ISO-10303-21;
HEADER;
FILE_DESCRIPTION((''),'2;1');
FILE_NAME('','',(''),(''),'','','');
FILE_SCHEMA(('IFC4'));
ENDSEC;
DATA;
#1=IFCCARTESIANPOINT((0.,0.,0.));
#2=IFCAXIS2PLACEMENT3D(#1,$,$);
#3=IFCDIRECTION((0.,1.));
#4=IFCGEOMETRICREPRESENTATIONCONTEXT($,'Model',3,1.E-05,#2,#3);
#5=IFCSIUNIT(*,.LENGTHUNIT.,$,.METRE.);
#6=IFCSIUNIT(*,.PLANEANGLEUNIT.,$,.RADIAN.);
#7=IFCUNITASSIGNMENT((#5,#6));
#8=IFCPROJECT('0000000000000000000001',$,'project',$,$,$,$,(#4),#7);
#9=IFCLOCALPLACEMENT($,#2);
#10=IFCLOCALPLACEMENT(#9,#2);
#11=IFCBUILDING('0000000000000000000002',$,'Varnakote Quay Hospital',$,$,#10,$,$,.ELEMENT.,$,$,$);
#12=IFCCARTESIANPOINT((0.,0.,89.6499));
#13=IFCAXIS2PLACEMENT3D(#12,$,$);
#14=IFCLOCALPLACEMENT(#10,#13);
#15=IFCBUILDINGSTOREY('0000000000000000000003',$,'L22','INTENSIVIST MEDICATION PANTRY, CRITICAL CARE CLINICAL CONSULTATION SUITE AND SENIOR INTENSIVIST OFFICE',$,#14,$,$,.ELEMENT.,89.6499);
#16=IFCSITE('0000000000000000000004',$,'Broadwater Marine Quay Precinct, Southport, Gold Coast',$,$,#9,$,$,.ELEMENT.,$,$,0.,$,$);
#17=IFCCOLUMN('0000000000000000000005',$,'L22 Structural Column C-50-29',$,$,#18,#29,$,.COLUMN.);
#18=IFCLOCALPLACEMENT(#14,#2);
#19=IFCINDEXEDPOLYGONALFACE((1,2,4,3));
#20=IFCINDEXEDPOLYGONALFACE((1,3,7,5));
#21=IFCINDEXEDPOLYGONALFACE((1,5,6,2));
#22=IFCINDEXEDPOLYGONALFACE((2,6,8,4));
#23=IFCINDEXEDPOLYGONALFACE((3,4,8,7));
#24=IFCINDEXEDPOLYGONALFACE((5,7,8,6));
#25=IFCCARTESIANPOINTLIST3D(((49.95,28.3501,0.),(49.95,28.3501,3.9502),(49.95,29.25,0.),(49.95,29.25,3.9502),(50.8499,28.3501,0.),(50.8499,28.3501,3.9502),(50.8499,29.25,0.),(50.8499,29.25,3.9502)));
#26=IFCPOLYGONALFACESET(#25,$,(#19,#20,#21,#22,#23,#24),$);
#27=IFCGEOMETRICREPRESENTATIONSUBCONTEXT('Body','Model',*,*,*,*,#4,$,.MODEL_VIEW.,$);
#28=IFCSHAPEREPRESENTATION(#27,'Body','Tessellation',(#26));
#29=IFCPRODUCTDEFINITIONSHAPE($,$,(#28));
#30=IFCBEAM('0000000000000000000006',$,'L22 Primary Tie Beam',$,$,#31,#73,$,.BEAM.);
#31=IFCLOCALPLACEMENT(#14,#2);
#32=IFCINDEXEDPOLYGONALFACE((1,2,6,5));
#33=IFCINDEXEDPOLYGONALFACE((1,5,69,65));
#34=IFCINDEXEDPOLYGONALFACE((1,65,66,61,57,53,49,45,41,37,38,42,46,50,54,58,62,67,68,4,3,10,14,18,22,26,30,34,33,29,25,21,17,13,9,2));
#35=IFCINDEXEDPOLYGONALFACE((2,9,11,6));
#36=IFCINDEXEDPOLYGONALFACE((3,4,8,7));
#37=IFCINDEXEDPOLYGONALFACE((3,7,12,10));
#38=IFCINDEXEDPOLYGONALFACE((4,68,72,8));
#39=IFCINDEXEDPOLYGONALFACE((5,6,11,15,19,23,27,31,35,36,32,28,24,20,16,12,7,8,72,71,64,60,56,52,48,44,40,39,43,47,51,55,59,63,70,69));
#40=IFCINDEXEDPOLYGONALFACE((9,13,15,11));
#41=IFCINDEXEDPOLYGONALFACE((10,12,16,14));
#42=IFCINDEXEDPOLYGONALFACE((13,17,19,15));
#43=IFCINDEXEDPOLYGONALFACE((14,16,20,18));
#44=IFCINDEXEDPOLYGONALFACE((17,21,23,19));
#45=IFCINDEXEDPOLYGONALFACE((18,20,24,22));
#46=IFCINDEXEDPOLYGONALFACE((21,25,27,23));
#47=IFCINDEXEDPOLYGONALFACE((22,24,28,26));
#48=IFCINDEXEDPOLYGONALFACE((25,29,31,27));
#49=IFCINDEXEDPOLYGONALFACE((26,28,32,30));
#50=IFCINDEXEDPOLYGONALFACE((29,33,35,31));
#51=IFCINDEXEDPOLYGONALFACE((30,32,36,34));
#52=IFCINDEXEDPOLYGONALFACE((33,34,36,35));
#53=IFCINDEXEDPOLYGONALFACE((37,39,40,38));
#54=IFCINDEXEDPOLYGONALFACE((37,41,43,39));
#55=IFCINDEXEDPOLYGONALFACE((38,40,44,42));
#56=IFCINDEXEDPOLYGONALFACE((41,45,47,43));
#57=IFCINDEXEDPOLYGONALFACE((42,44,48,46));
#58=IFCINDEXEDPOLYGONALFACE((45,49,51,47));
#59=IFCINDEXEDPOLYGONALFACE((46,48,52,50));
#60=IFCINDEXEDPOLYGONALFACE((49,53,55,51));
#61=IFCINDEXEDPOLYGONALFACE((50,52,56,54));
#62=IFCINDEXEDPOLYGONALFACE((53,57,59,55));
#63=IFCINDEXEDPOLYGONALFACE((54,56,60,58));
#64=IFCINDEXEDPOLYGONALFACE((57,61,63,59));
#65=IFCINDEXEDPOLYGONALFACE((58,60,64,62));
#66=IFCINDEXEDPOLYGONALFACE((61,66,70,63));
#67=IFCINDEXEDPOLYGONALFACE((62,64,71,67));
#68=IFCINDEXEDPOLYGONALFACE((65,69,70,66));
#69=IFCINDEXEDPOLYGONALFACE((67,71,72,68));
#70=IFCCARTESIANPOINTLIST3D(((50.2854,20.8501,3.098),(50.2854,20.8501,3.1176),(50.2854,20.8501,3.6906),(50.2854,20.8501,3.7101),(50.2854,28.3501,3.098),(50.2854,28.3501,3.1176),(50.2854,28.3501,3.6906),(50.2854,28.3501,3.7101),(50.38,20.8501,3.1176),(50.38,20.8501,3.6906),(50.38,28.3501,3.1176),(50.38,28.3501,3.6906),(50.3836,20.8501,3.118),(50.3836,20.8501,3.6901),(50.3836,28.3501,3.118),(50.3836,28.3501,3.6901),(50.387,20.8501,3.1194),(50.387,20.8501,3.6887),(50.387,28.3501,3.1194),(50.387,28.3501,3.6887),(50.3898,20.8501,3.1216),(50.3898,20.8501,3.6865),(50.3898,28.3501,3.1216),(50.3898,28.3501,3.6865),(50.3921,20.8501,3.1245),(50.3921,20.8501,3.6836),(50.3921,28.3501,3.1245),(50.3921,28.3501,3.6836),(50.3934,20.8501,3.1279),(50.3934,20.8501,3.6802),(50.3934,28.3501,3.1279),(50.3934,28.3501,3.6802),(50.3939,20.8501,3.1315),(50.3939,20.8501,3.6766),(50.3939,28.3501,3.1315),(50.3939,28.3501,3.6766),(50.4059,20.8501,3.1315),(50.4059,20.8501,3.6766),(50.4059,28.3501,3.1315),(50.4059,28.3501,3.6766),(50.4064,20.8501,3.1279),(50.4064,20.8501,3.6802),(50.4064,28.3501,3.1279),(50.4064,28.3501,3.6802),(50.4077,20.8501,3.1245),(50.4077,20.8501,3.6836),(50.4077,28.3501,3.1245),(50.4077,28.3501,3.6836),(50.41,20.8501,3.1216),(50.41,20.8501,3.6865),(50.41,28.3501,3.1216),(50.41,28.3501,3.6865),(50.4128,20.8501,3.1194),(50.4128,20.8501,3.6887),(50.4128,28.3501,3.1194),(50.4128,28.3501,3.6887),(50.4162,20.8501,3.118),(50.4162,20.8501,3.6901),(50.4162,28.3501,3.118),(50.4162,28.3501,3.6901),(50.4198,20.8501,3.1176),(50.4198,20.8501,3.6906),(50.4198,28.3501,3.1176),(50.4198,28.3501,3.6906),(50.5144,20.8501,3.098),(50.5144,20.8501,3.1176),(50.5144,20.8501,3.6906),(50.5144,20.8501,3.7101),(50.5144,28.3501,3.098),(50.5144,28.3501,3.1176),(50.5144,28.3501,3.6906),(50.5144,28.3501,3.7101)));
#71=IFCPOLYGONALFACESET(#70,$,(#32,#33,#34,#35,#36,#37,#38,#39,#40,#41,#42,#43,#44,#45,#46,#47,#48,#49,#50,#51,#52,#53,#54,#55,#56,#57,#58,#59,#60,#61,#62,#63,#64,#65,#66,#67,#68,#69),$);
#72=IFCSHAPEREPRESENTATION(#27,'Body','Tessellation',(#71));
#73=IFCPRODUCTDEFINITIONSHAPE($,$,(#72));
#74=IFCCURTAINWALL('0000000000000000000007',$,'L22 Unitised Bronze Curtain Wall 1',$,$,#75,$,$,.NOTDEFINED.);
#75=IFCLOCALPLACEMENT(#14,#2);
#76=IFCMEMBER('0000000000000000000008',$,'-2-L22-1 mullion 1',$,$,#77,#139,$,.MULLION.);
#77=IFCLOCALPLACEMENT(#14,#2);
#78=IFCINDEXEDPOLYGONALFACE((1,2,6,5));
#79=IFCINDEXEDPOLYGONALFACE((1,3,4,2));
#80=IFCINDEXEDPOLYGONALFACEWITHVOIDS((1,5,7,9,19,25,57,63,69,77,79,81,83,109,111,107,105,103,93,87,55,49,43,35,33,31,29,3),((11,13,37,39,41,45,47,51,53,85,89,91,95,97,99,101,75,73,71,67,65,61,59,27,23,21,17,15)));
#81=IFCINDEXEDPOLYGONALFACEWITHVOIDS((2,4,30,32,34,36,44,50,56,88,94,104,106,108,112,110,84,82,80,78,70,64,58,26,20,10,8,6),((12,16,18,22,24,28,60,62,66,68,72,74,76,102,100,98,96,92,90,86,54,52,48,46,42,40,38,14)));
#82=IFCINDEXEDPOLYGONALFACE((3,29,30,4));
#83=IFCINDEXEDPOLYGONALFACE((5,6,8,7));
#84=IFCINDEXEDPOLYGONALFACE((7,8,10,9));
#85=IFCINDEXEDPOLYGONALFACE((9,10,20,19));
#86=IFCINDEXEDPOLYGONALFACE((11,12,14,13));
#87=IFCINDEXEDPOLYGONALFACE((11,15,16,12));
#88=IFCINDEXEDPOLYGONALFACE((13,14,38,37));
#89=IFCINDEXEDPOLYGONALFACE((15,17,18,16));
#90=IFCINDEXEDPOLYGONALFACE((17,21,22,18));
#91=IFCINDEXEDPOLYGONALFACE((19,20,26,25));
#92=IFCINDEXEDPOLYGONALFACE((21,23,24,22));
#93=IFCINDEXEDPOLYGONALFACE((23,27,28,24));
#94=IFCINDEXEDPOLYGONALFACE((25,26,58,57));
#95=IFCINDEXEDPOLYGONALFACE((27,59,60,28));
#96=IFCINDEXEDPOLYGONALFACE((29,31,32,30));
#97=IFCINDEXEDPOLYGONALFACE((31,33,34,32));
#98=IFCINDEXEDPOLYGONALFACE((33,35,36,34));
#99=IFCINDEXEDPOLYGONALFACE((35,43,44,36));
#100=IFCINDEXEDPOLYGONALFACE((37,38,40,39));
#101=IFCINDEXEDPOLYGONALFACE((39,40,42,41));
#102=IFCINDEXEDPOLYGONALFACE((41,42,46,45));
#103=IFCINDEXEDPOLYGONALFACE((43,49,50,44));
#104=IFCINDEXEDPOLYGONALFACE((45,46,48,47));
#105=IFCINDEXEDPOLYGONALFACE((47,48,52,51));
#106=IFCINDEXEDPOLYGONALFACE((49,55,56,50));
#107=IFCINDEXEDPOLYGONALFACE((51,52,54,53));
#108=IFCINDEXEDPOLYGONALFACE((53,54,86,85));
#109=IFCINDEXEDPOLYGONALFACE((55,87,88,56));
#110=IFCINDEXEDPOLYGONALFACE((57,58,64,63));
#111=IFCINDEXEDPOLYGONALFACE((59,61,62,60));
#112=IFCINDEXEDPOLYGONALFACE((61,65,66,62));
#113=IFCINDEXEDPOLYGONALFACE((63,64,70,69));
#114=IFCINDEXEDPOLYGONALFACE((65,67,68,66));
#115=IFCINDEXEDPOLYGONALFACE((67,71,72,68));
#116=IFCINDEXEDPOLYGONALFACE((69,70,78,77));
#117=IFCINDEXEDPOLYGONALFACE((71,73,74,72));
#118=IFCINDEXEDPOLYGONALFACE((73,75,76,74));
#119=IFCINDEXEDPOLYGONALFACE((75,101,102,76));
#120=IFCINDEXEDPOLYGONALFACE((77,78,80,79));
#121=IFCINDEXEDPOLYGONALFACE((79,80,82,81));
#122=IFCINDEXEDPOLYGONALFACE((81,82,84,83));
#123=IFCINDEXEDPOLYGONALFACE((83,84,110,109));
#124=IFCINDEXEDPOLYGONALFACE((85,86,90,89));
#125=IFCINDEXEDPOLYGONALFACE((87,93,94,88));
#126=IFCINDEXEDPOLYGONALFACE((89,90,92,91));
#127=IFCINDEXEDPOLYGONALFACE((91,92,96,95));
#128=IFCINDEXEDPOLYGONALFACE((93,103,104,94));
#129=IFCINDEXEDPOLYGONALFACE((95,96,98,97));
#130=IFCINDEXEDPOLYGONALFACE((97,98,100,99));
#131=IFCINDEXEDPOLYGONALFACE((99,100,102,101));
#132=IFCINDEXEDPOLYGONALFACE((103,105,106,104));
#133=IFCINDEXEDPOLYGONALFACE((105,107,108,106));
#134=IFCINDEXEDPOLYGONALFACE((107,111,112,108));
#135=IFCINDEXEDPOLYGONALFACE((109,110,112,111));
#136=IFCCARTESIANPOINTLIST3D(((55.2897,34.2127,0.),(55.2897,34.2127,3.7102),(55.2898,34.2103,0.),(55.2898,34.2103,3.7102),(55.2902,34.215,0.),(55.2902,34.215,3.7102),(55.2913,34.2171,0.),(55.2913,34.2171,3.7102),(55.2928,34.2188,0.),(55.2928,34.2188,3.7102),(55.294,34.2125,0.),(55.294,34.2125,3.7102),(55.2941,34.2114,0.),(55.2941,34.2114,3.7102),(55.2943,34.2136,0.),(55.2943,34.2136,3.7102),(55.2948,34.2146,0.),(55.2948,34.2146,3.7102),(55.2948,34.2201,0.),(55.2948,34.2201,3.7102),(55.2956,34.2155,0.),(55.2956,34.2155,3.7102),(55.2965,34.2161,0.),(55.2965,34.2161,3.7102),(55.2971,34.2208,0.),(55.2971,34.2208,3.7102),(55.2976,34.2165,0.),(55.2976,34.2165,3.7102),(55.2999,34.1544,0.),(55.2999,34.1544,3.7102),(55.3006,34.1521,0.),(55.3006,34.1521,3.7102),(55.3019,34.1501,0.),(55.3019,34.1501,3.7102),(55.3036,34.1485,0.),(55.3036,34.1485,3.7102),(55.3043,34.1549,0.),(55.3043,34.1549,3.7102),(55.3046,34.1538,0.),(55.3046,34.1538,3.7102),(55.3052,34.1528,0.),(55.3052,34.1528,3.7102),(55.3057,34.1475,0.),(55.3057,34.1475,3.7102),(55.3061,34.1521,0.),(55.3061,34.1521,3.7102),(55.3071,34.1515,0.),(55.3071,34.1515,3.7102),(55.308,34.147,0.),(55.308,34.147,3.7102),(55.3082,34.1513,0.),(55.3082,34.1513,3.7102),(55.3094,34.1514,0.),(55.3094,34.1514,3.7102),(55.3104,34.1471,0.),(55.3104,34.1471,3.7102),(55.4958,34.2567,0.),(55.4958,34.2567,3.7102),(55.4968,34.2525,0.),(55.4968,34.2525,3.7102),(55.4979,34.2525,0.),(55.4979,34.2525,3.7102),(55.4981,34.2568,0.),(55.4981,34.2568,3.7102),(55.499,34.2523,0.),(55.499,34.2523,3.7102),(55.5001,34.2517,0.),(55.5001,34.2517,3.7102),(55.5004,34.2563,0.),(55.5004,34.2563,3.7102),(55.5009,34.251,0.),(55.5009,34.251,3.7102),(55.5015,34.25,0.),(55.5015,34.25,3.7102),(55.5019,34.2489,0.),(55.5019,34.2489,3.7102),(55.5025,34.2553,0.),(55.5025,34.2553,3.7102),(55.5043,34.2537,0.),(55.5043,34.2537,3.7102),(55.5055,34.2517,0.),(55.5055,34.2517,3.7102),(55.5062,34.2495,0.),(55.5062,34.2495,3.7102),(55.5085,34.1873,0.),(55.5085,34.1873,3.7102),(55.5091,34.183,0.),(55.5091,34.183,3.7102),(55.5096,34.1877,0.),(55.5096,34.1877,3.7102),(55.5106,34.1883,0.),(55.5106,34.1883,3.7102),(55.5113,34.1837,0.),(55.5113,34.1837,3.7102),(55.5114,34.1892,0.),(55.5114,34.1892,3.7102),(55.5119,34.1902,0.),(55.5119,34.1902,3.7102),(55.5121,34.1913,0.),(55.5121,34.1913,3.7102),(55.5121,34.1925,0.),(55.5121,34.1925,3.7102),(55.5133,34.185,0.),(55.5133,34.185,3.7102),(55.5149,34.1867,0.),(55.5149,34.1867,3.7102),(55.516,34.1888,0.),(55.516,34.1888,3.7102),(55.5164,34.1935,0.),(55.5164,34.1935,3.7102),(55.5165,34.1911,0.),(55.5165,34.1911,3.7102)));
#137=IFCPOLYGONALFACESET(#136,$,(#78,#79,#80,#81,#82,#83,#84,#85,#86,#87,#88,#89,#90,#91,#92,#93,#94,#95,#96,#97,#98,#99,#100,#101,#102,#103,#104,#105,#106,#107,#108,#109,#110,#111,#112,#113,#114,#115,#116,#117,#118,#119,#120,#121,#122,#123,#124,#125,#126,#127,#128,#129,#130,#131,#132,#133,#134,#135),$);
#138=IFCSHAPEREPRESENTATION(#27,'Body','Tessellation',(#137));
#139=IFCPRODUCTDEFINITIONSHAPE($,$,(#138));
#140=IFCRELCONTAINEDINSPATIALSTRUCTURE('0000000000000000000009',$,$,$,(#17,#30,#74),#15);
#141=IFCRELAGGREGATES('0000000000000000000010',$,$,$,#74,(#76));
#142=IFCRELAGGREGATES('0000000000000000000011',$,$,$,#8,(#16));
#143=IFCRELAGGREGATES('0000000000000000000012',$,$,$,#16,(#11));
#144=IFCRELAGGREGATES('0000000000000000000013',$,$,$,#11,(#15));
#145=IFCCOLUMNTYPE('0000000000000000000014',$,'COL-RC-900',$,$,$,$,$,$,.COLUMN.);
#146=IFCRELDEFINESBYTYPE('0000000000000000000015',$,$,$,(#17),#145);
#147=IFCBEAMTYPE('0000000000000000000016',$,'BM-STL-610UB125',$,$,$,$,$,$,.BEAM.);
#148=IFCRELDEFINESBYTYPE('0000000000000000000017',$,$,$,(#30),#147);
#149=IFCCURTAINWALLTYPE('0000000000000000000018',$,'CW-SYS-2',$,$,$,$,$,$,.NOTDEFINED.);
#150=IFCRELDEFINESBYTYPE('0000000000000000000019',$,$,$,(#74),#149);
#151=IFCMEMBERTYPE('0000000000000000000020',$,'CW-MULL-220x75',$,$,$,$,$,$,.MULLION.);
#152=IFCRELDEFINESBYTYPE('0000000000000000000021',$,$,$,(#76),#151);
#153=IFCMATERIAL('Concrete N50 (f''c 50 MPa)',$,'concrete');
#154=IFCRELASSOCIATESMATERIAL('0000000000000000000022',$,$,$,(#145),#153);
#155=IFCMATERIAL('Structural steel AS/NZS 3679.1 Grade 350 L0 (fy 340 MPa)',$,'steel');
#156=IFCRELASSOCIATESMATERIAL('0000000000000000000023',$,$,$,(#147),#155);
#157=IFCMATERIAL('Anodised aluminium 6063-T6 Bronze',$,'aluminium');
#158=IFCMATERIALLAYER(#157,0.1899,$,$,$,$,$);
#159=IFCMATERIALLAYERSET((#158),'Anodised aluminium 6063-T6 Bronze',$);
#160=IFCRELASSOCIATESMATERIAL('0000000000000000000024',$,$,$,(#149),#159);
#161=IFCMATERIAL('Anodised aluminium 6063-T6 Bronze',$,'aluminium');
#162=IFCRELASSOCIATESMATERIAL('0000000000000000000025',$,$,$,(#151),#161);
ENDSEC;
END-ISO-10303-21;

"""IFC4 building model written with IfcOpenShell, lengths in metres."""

from ifc_helpers import new_model, si_unit, direction, frame, origin, origin_2d, place, context, subcontext, project, spatial, rectangle, hollow_rectangle, i_section, extrude, material, layer, layer_set, material_profile, profile_set, type_object, element, aggregate, save


model = new_model("IFC4")

# Units and contexts
model_context = context("Model", 3, precision=1e-05, world=origin(), true_north=direction((0.0, 1.0)))
body_context = subcontext(model_context, "Body", "Model", "MODEL_VIEW")
ifc_project = project(units=[si_unit("LENGTHUNIT", "METRE"), si_unit("PLANEANGLEUNIT", "RADIAN")], contexts=[model_context])

# Site, building, storey
site_placement = place(None, origin())
site = spatial("IfcSite", under=ifc_project, at=site_placement, Name="Broadwater Marine Quay Precinct, Southport, Gold Coast", CompositionType="ELEMENT", RefElevation=0.0)
building_placement = place(site_placement, origin())
building = spatial("IfcBuilding", under=site, at=building_placement, Name="Varnakote Quay Hospital", CompositionType="ELEMENT")
storey_placement = place(building_placement, frame((0.0, 0.0, 89.6499)))
storey = spatial("IfcBuildingStorey", under=building, at=storey_placement, Name="L22", Description="INTENSIVIST MEDICATION PANTRY, CRITICAL CARE CLINICAL CONSULTATION SUITE AND SENIOR INTENSIVIST OFFICE", CompositionType="ELEMENT", Elevation=89.6499)

# Column
ifc_material_1 = material(Name="Concrete N50 (f'c 50 MPa)", Category="concrete")
ifc_material_profile_1 = material_profile(ifc_material_1, rectangle(XDim=0.8999, YDim=0.8999, at=origin_2d()), Name="RC-COL-900x900")
ifc_profile_set_1 = profile_set([ifc_material_profile_1], Name="Concrete N50 (f'c 50 MPa)")
column_type = type_object("IfcColumnType", Name="COL-RC-900", PredefinedType="COLUMN", material=ifc_profile_set_1)
column_placement = place(storey_placement, frame((50.3999, 28.8, 0.0), z_axis=(0.0, 0.0, 1.0), x_axis=(1.0, 0.0, 0.0)))
element("IfcColumn", 1, at=column_placement, inside=storey, type_object=column_type, Name="L22 Structural Column C-50-29", PredefinedType="COLUMN", context=body_context, shape_type="SweptSolid", body=[
    extrude(rectangle(XDim=0.8999, YDim=0.8999, at=origin_2d()), origin(), (0.0, 0.0, 1.0), 3.9502),
])

# Beam
ifc_material_2 = material(Name="Structural steel AS/NZS 3679.1 Grade 350 L0 (fy 340 MPa)", Category="steel")
ifc_material_profile_2 = material_profile(ifc_material_2, i_section(OverallWidth=0.229, OverallDepth=0.6121, WebThickness=0.012, FlangeThickness=0.0195, FilletRadius=0.0139, at=origin_2d()), Name="610UB125")
ifc_profile_set_2 = profile_set([ifc_material_profile_2], Name="Structural steel AS/NZS 3679.1 Grade 350 L0 (fy 340 MPa)")
beam_type = type_object("IfcBeamType", Name="BM-STL-610UB125", PredefinedType="BEAM", material=ifc_profile_set_2)
beam_placement = place(storey_placement, frame((50.3999, 20.8501, 3.4041), z_axis=(0.0, 1.0, 0.0), x_axis=(-1.0, 0.0, 0.0)))
element("IfcBeam", 2, at=beam_placement, inside=storey, type_object=beam_type, Name="L22 Primary Tie Beam", PredefinedType="BEAM", context=body_context, shape_type="SweptSolid", body=[
    extrude(i_section(OverallWidth=0.229, OverallDepth=0.6121, WebThickness=0.012, FlangeThickness=0.0195, FilletRadius=0.0139, at=origin_2d()), origin(), (0.0, 0.0, 1.0), 7.5),
])

# Curtain wall, member
ifc_material_3 = material(Name="Anodised aluminium 6063-T6 Bronze", Category="aluminium")
ifc_layer_1 = layer(ifc_material_3, 0.1899)
ifc_layer_set_1 = layer_set([ifc_layer_1], Name="Anodised aluminium 6063-T6 Bronze")
curtain_wall_type = type_object("IfcCurtainWallType", Name="CW-SYS-2", PredefinedType="NOTDEFINED", material=ifc_layer_set_1)
curtain_wall_placement = place(storey_placement, origin())
curtain_wall = element("IfcCurtainWall", 3, at=curtain_wall_placement, inside=storey, type_object=curtain_wall_type, Name="L22 Unitised Bronze Curtain Wall 1", PredefinedType="NOTDEFINED")
ifc_material_4 = material(Name="Anodised aluminium 6063-T6 Bronze", Category="aluminium")
ifc_material_profile_3 = material_profile(ifc_material_4, hollow_rectangle(XDim=0.075, YDim=0.22, WallThickness=0.0044, InnerFilletRadius=0.0044, OuterFilletRadius=0.009, at=origin_2d()), Name="CW-MULL-220x75")
ifc_profile_set_3 = profile_set([ifc_material_profile_3], Name="Anodised aluminium 6063-T6 Bronze")
member_type_1 = type_object("IfcMemberType", Name="CW-MULL-220x75", PredefinedType="MULLION", material=ifc_profile_set_3)
member_1_placement = place(storey_placement, frame((55.4031, 34.2019, 0.0), z_axis=(0.0, 0.0, 1.0), x_axis=(0.177846, -0.984058, 0.0)))
member_1 = element("IfcMember", 4, at=member_1_placement, type_object=member_type_1, Name="-2-L22-1 mullion 1", PredefinedType="MULLION", context=body_context, shape_type="SweptSolid", body=[
    extrude(hollow_rectangle(XDim=0.075, YDim=0.22, WallThickness=0.0044, InnerFilletRadius=0.0044, OuterFilletRadius=0.009, at=origin_2d()), origin(), (0.0, 0.0, 1.0), 3.7102),
])
aggregate(curtain_wall, [member_1])

save(model, "model.ifc")
